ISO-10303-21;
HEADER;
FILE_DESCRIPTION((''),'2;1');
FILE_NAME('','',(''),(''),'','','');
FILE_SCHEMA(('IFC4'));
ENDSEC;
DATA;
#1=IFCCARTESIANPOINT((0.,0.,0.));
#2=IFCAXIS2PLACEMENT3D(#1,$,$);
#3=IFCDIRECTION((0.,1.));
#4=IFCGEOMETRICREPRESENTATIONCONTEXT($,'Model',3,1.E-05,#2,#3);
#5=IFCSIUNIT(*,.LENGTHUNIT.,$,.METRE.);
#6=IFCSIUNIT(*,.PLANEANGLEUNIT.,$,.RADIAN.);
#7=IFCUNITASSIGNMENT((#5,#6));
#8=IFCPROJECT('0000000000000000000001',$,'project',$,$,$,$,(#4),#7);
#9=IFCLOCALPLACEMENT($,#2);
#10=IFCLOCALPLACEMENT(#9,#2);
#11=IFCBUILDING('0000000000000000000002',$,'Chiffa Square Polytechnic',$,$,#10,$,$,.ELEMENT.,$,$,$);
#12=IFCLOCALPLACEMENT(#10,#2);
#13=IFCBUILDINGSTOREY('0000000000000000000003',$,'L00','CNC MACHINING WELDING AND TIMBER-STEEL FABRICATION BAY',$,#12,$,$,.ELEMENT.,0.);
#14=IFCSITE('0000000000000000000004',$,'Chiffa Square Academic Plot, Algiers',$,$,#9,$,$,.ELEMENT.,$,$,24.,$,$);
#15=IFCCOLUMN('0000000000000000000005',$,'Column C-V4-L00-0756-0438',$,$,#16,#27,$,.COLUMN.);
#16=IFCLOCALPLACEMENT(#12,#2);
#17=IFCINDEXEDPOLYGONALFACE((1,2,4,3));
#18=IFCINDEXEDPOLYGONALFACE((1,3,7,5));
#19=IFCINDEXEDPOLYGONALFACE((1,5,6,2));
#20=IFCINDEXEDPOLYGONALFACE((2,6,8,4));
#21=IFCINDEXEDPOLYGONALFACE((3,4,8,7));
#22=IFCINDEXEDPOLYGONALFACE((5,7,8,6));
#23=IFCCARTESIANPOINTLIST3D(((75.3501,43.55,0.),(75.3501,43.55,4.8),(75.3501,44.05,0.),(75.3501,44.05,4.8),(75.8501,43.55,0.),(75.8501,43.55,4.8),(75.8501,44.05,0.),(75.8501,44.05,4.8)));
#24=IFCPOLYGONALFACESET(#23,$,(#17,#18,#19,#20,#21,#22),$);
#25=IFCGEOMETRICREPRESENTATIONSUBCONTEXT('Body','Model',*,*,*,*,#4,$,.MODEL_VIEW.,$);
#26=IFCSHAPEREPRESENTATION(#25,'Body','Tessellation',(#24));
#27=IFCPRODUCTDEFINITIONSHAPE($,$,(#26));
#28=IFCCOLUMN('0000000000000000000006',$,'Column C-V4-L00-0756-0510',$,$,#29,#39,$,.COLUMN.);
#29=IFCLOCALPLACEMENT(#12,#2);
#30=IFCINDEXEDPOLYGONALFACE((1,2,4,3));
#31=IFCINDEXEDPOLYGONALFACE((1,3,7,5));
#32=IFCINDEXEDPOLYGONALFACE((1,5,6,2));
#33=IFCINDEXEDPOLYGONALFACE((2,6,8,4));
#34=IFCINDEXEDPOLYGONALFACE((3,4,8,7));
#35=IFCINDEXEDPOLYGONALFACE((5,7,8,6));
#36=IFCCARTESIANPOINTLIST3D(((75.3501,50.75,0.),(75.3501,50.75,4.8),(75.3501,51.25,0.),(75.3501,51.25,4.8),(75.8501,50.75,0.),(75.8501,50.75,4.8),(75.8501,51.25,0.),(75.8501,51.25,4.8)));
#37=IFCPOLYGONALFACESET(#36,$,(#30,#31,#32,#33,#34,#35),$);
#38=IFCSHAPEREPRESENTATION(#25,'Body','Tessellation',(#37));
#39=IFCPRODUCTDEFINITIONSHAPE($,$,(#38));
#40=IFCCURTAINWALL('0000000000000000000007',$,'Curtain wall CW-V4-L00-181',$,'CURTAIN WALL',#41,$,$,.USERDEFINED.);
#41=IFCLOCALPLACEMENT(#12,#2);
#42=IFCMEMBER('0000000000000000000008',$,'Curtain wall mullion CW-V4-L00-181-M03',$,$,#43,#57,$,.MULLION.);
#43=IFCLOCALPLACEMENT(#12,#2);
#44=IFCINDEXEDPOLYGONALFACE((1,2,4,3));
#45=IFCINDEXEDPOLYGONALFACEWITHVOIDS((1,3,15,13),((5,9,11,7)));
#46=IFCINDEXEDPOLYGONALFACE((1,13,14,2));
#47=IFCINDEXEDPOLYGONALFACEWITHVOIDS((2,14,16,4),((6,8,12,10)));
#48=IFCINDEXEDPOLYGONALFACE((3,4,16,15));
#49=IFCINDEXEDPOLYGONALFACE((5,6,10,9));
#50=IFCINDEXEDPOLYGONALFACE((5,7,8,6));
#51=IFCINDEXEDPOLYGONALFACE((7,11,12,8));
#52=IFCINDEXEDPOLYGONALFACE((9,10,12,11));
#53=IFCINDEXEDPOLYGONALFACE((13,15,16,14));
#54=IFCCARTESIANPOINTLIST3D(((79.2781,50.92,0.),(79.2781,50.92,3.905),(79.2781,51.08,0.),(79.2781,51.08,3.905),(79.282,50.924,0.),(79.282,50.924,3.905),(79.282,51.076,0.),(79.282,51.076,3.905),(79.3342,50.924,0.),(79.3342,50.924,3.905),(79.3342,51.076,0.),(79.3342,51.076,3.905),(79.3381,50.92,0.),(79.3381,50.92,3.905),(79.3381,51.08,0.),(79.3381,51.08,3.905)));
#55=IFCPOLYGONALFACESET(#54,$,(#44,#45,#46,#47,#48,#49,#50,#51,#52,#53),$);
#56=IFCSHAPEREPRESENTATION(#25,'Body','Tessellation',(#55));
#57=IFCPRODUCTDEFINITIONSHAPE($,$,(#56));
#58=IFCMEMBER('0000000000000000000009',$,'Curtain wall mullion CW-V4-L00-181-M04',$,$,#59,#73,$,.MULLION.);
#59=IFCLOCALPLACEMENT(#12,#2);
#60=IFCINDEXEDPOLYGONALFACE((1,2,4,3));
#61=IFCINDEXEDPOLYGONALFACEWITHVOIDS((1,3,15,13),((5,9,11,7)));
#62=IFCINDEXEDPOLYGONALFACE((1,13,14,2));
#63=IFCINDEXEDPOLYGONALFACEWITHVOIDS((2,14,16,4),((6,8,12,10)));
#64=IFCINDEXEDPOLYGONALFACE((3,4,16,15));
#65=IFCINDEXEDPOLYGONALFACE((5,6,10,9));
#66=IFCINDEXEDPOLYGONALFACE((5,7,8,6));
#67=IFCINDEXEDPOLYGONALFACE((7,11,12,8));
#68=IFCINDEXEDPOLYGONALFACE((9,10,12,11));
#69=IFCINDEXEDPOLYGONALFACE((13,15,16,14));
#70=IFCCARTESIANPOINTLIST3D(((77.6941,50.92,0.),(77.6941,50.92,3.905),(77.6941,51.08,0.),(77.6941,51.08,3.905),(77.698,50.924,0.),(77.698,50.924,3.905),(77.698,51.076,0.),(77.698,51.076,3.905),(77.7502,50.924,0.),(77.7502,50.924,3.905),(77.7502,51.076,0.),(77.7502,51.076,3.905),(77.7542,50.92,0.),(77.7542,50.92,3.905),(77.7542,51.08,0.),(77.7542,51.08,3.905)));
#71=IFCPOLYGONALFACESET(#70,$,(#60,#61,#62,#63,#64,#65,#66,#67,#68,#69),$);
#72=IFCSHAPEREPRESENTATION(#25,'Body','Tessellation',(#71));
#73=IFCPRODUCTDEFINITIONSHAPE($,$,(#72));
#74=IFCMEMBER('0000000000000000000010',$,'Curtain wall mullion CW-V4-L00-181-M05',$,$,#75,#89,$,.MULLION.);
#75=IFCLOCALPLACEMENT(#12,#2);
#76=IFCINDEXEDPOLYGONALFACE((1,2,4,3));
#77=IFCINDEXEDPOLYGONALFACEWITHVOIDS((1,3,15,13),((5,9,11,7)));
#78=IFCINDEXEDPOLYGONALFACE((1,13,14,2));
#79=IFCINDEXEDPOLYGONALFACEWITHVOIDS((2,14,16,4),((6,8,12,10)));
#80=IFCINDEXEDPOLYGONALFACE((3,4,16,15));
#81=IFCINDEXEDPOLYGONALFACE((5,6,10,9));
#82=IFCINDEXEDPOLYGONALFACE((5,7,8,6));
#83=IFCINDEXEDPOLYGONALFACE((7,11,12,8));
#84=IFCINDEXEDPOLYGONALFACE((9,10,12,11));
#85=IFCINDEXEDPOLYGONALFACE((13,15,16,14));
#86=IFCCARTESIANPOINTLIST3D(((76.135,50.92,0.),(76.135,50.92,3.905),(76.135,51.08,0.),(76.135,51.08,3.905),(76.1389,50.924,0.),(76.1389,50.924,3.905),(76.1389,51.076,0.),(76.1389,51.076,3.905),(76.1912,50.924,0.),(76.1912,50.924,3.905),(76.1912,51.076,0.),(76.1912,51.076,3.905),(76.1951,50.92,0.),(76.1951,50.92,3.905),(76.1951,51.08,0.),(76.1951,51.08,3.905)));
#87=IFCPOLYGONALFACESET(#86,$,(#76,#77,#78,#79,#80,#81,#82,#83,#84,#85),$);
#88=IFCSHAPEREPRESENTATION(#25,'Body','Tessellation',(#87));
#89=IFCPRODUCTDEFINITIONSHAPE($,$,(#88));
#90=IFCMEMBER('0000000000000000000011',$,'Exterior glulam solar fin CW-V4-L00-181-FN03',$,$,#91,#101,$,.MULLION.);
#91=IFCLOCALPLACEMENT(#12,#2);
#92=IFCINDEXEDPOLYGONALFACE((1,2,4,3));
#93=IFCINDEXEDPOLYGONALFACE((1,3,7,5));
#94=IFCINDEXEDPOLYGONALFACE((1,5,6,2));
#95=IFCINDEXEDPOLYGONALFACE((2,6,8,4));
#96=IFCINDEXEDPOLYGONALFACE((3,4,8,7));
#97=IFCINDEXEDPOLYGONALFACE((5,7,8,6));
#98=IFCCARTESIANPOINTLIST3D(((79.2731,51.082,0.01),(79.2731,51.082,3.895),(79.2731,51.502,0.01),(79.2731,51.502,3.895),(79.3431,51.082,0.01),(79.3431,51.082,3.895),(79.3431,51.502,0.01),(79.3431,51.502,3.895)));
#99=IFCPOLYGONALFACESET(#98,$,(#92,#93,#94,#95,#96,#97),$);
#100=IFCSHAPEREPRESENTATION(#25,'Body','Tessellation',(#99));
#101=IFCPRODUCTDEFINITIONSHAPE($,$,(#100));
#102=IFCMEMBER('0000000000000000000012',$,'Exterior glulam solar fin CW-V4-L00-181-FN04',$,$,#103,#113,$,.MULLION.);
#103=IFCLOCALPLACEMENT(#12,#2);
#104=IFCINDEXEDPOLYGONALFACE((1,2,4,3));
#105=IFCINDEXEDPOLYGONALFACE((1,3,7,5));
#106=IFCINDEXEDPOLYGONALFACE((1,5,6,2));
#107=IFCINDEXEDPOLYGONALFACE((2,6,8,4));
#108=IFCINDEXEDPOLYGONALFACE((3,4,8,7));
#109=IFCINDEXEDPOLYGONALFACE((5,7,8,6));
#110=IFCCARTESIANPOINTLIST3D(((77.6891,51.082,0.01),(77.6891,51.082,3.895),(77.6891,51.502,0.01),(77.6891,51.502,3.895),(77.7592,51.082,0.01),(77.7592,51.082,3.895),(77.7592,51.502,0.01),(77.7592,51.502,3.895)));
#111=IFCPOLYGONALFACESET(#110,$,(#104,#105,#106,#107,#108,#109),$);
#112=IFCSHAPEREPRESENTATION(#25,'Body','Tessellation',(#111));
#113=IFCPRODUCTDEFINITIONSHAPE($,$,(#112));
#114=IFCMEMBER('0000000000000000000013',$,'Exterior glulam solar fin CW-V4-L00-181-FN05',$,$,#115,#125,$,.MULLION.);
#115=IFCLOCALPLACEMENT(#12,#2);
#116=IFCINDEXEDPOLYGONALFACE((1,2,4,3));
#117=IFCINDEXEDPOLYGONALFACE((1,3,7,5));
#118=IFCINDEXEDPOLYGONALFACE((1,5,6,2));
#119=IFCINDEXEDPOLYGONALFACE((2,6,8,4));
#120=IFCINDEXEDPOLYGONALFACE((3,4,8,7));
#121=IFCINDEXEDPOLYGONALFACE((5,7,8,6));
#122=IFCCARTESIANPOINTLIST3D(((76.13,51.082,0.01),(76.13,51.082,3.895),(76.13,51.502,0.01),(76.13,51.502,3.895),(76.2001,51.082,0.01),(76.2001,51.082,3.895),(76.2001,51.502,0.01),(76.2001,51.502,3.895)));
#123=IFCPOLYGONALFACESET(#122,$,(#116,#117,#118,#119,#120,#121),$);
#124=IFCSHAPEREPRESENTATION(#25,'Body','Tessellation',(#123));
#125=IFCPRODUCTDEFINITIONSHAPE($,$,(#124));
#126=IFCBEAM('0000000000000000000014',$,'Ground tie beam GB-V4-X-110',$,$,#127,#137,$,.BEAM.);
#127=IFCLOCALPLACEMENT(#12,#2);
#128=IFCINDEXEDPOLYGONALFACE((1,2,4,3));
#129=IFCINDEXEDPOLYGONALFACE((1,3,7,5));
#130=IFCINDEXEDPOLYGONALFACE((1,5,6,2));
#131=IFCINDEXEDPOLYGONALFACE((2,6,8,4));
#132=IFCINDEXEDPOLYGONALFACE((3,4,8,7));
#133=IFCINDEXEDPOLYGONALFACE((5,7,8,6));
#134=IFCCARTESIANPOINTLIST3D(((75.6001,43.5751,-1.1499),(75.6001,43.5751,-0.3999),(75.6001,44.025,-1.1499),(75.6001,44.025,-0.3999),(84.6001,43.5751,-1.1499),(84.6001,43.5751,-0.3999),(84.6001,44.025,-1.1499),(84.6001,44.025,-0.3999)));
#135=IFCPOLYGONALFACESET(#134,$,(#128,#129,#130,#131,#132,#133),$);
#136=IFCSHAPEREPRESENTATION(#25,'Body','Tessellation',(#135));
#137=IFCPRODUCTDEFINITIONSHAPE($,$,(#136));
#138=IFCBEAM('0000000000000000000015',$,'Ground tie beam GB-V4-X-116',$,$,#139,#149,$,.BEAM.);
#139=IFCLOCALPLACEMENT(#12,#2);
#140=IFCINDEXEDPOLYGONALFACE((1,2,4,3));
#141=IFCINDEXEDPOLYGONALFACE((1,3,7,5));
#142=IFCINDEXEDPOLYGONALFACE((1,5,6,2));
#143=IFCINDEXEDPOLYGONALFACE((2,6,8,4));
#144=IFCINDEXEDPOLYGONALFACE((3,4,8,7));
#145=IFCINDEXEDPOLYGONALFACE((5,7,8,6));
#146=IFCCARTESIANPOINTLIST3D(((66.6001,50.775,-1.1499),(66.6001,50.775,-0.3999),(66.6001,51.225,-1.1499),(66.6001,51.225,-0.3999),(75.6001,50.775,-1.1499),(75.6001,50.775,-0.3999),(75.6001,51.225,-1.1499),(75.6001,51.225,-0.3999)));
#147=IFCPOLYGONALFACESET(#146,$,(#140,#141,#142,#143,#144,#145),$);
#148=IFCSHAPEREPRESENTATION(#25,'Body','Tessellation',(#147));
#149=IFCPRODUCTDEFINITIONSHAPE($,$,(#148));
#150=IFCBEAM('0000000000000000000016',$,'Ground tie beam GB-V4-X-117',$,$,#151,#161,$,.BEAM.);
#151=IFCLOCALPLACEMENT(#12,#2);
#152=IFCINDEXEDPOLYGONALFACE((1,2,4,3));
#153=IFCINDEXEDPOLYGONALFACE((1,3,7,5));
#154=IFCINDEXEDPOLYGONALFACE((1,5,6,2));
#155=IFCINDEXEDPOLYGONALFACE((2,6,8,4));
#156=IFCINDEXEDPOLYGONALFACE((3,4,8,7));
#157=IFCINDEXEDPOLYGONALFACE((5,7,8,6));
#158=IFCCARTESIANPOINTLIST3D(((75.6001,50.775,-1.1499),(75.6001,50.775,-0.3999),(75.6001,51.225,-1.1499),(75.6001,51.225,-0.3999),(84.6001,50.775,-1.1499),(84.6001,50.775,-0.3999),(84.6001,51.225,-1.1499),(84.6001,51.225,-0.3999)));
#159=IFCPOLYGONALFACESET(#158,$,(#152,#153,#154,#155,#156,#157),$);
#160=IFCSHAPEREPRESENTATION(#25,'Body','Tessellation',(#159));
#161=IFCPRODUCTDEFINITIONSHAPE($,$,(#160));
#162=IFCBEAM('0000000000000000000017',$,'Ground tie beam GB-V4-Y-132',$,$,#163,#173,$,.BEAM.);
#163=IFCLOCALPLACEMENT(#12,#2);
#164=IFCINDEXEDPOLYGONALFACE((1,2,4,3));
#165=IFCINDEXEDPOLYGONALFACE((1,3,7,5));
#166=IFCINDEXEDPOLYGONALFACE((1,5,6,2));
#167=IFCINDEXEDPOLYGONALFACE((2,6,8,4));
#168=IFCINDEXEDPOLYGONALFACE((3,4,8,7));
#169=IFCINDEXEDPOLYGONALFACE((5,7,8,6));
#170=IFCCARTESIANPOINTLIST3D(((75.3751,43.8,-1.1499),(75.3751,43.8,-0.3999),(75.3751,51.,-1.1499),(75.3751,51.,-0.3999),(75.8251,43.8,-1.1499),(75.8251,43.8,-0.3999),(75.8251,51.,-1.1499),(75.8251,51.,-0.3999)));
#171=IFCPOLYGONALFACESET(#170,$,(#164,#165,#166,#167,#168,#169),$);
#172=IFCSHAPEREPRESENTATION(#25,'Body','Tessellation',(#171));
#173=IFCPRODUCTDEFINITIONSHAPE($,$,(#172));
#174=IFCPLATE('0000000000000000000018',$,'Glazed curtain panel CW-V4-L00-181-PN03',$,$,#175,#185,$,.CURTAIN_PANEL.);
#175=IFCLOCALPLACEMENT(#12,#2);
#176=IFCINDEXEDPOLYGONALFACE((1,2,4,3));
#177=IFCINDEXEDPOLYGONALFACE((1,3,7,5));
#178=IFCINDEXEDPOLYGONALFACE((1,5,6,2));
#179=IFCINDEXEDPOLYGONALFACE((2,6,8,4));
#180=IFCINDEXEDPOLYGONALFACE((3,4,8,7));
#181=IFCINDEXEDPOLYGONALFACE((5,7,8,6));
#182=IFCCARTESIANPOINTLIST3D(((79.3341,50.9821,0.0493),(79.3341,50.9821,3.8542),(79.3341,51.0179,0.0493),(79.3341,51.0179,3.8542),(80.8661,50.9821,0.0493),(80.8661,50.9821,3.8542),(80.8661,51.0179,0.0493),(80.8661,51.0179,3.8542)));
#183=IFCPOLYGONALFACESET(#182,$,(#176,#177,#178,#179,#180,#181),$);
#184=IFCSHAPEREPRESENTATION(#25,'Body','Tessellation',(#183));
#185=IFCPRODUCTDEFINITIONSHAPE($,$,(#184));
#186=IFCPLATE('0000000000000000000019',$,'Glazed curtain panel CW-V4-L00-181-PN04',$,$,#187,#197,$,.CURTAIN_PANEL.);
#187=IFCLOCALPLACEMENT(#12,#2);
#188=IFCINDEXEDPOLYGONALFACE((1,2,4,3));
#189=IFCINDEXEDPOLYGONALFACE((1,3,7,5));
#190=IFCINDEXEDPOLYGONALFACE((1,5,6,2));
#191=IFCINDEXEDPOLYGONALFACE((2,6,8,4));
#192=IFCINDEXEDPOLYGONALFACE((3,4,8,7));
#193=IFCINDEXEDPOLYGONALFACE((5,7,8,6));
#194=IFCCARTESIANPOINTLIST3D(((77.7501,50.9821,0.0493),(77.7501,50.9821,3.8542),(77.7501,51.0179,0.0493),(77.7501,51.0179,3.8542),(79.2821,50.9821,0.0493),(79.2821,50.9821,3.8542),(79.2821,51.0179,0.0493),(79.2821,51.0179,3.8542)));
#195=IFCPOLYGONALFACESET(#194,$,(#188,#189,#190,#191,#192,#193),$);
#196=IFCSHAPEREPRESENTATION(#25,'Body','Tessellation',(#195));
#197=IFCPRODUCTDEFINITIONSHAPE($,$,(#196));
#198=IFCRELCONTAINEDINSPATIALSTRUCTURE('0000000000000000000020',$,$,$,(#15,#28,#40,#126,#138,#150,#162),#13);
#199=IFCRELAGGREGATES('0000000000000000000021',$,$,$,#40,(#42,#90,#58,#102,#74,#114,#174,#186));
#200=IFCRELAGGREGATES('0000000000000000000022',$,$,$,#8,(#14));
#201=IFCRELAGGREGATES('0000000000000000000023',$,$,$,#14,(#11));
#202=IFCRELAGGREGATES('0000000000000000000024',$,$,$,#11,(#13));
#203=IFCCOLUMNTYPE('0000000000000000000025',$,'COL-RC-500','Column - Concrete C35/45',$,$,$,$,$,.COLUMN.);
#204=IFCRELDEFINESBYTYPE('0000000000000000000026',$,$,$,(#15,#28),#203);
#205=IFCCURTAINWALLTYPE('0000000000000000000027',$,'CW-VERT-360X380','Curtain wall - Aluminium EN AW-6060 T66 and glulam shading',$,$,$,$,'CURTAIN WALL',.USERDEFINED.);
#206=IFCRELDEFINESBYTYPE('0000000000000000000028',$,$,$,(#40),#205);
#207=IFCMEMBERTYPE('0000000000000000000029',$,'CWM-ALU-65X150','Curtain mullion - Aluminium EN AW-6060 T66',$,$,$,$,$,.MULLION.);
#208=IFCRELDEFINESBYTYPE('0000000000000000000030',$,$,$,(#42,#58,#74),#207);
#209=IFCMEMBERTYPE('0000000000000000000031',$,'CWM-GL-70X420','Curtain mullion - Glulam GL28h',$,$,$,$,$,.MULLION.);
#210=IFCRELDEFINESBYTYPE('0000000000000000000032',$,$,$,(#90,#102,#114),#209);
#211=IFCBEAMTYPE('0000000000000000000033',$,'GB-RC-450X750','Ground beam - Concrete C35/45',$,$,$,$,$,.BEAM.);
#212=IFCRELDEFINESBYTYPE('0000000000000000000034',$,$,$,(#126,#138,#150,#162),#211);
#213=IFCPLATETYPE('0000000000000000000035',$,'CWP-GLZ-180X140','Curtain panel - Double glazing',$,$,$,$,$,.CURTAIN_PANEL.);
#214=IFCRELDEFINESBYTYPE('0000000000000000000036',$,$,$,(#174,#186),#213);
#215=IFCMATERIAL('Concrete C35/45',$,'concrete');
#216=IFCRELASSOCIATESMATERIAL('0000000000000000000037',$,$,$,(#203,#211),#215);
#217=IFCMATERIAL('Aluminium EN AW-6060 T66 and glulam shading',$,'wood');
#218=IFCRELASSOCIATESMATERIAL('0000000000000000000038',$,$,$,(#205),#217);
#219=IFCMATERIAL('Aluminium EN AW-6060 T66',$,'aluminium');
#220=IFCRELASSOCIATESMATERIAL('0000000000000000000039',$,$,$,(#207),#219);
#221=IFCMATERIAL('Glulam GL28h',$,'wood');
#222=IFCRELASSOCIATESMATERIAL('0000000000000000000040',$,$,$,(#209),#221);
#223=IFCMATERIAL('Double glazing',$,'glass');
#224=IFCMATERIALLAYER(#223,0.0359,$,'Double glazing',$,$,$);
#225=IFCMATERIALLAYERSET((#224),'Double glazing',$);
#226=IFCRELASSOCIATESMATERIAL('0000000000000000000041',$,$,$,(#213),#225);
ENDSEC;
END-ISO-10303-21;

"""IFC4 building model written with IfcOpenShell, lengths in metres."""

from ifc_helpers import new_model, si_unit, direction, frame, origin, origin_2d, place, context, subcontext, project, spatial, rectangle, hollow_rectangle, extrude, material, layer, layer_set, material_profile, profile_set, type_object, element, aggregate, save


model = new_model("IFC4")

# Units and contexts
model_context = context("Model", 3, precision=1e-05, world=origin(), true_north=direction((0.0, 1.0)))
body_context = subcontext(model_context, "Body", "Model", "MODEL_VIEW")
ifc_project = project(units=[si_unit("LENGTHUNIT", "METRE"), si_unit("PLANEANGLEUNIT", "RADIAN")], contexts=[model_context])

# Site, building, storey
site_placement = place(None, origin())
site = spatial("IfcSite", under=ifc_project, at=site_placement, Name="Chiffa Square Academic Plot, Algiers", CompositionType="ELEMENT", RefElevation=24.0)
building_placement = place(site_placement, origin())
building = spatial("IfcBuilding", under=site, at=building_placement, Name="Chiffa Square Polytechnic", CompositionType="ELEMENT")
storey_placement = place(building_placement, origin())
storey = spatial("IfcBuildingStorey", under=building, at=storey_placement, Name="L00", Description="CNC MACHINING WELDING AND TIMBER-STEEL FABRICATION BAY", CompositionType="ELEMENT", Elevation=0.0)

# Columns
ifc_material_1 = material(Name="Concrete C35/45", Category="concrete")
ifc_material_profile_1 = material_profile(ifc_material_1, rectangle(XDim=0.5, YDim=0.5, at=origin_2d()), Name="RC 500x500")
ifc_profile_set_1 = profile_set([ifc_material_profile_1], Name="Concrete C35/45")
column_type = type_object("IfcColumnType", Name="COL-RC-500", Description="Column - Concrete C35/45", PredefinedType="COLUMN", material=ifc_profile_set_1)
for number, where, z_axis, x_axis, name in (
    (1, (75.6001, 43.8, 0.0), (0.0, 0.0, 1.0), (1.0, 0.0, 0.0), "Column C-V4-L00-0756-0438"),
    (2, (75.6001, 51.0, 0.0), (0.0, 0.0, 1.0), (1.0, 0.0, 0.0), "Column C-V4-L00-0756-0510"),
):
    element("IfcColumn", number, at=place(storey_placement, frame(where, z_axis=z_axis, x_axis=x_axis)), inside=storey, type_object=column_type, Name=name, PredefinedType="COLUMN", context=body_context, shape_type="SweptSolid", body=[
        extrude(rectangle(XDim=0.5, YDim=0.5, at=origin_2d()), origin(), (0.0, 0.0, 1.0), 4.8),
    ])

# Curtain wall, members
ifc_material_2 = material(Name="Aluminium EN AW-6060 T66 and glulam shading", Category="wood")
curtain_wall_type = type_object("IfcCurtainWallType", Name="CW-VERT-360X380", Description="Curtain wall - Aluminium EN AW-6060 T66 and glulam shading", ElementType="CURTAIN WALL", PredefinedType="USERDEFINED", material=ifc_material_2)
curtain_wall_placement = place(storey_placement, origin())
curtain_wall = element("IfcCurtainWall", 3, at=curtain_wall_placement, inside=storey, type_object=curtain_wall_type, Name="Curtain wall CW-V4-L00-181", ObjectType="CURTAIN WALL", PredefinedType="USERDEFINED")
ifc_material_3 = material(Name="Aluminium EN AW-6060 T66", Category="aluminium")
ifc_material_profile_2 = material_profile(ifc_material_3, hollow_rectangle(XDim=0.0601, YDim=0.1599, WallThickness=0.0039, at=origin_2d()), Name="ALU 60x160x4")
ifc_profile_set_2 = profile_set([ifc_material_profile_2], Name="Aluminium EN AW-6060 T66")
member_type_1 = type_object("IfcMemberType", Name="CWM-ALU-65X150", Description="Curtain mullion - Aluminium EN AW-6060 T66", PredefinedType="MULLION", material=ifc_profile_set_2)
member_1_placement = place(storey_placement, frame((79.3081, 51.0, 0.0), z_axis=(0.0, 0.0, 1.0), x_axis=(1.0, 0.0, 0.0)))
member_1 = element("IfcMember", 4, at=member_1_placement, type_object=member_type_1, Name="Curtain wall mullion CW-V4-L00-181-M03", PredefinedType="MULLION", context=body_context, shape_type="SweptSolid", body=[
    extrude(hollow_rectangle(XDim=0.0601, YDim=0.1599, WallThickness=0.0039, at=origin_2d()), origin(), (0.0, 0.0, 1.0), 3.905),
])
member_2_placement = place(storey_placement, frame((77.7241, 51.0, 0.0), z_axis=(0.0, 0.0, 1.0), x_axis=(1.0, 0.0, 0.0)))
member_2 = element("IfcMember", 5, at=member_2_placement, type_object=member_type_1, Name="Curtain wall mullion CW-V4-L00-181-M04", PredefinedType="MULLION", context=body_context, shape_type="SweptSolid", body=[
    extrude(hollow_rectangle(XDim=0.0601, YDim=0.1599, WallThickness=0.0039, at=origin_2d()), origin(), (0.0, 0.0, 1.0), 3.905),
])
member_3_placement = place(storey_placement, frame((76.165, 51.0, 0.0), z_axis=(0.0, 0.0, 1.0), x_axis=(1.0, 0.0, 0.0)))
member_3 = element("IfcMember", 6, at=member_3_placement, type_object=member_type_1, Name="Curtain wall mullion CW-V4-L00-181-M05", PredefinedType="MULLION", context=body_context, shape_type="SweptSolid", body=[
    extrude(hollow_rectangle(XDim=0.0601, YDim=0.1599, WallThickness=0.0039, at=origin_2d()), origin(), (0.0, 0.0, 1.0), 3.905),
])
ifc_material_4 = material(Name="Glulam GL28h", Category="wood")
ifc_material_profile_3 = material_profile(ifc_material_4, rectangle(XDim=0.0701, YDim=0.4199, at=origin_2d()), Name="GL28h 70x420")
ifc_profile_set_3 = profile_set([ifc_material_profile_3], Name="Glulam GL28h")
member_type_2 = type_object("IfcMemberType", Name="CWM-GL-70X420", Description="Curtain mullion - Glulam GL28h", PredefinedType="MULLION", material=ifc_profile_set_3)
member_4_placement = place(storey_placement, frame((79.3081, 51.292, 0.01), z_axis=(0.0, 0.0, 1.0), x_axis=(-1.0, 0.0, 0.0)))
member_4 = element("IfcMember", 7, at=member_4_placement, type_object=member_type_2, Name="Exterior glulam solar fin CW-V4-L00-181-FN03", PredefinedType="MULLION", context=body_context, shape_type="SweptSolid", body=[
    extrude(rectangle(XDim=0.0701, YDim=0.4199, at=origin_2d()), origin(), (0.0, 0.0, 1.0), 3.885),
])
member_5_placement = place(storey_placement, frame((77.7241, 51.292, 0.01), z_axis=(0.0, 0.0, 1.0), x_axis=(-1.0, 0.0, 0.0)))
member_5 = element("IfcMember", 8, at=member_5_placement, type_object=member_type_2, Name="Exterior glulam solar fin CW-V4-L00-181-FN04", PredefinedType="MULLION", context=body_context, shape_type="SweptSolid", body=[
    extrude(rectangle(XDim=0.0701, YDim=0.4199, at=origin_2d()), origin(), (0.0, 0.0, 1.0), 3.885),
])
member_6_placement = place(storey_placement, frame((76.165, 51.292, 0.01), z_axis=(0.0, 0.0, 1.0), x_axis=(-1.0, 0.0, 0.0)))
member_6 = element("IfcMember", 9, at=member_6_placement, type_object=member_type_2, Name="Exterior glulam solar fin CW-V4-L00-181-FN05", PredefinedType="MULLION", context=body_context, shape_type="SweptSolid", body=[
    extrude(rectangle(XDim=0.0701, YDim=0.4199, at=origin_2d()), origin(), (0.0, 0.0, 1.0), 3.885),
])

# Beams
ifc_material_profile_4 = material_profile(ifc_material_1, rectangle(XDim=0.45, YDim=0.75, at=origin_2d()), Name="RC 450x750")
ifc_profile_set_4 = profile_set([ifc_material_profile_4], Name="Concrete C35/45")
beam_type = type_object("IfcBeamType", Name="GB-RC-450X750", Description="Ground beam - Concrete C35/45", PredefinedType="BEAM", material=ifc_profile_set_4)
for number, where, z_axis, x_axis, name in (
    (10, (75.6001, 43.8, -0.7749), (1.0, 0.0, 0.0), (0.0, 1.0, 0.0), "Ground tie beam GB-V4-X-110"),
    (11, (66.6001, 51.0, -0.7749), (1.0, 0.0, 0.0), (0.0, 1.0, 0.0), "Ground tie beam GB-V4-X-116"),
    (12, (75.6001, 51.0, -0.7749), (1.0, 0.0, 0.0), (0.0, 1.0, 0.0), "Ground tie beam GB-V4-X-117"),
):
    element("IfcBeam", number, at=place(storey_placement, frame(where, z_axis=z_axis, x_axis=x_axis)), inside=storey, type_object=beam_type, Name=name, PredefinedType="BEAM", context=body_context, shape_type="SweptSolid", body=[
        extrude(rectangle(XDim=0.45, YDim=0.75, at=origin_2d()), origin(), (0.0, 0.0, 1.0), 9.0),
    ])
beam_placement = place(storey_placement, frame((75.6001, 43.8, -0.7749), z_axis=(0.0, 1.0, 0.0), x_axis=(-1.0, 0.0, 0.0)))
element("IfcBeam", 13, at=beam_placement, inside=storey, type_object=beam_type, Name="Ground tie beam GB-V4-Y-132", PredefinedType="BEAM", context=body_context, shape_type="SweptSolid", body=[
    extrude(rectangle(XDim=0.45, YDim=0.75, at=origin_2d()), origin(), (0.0, 0.0, 1.0), 7.2),
])

# Plates
ifc_material_5 = material(Name="Double glazing", Category="glass")
ifc_layer_1 = layer(ifc_material_5, 0.0359, Name="Double glazing")
ifc_layer_set_1 = layer_set([ifc_layer_1], Name="Double glazing")
plate_type = type_object("IfcPlateType", Name="CWP-GLZ-180X140", Description="Curtain panel - Double glazing", PredefinedType="CURTAIN_PANEL", material=ifc_layer_set_1)
plate_1_placement = place(storey_placement, frame((80.1001, 51.0, 0.0493), z_axis=(0.0, 0.0, 1.0), x_axis=(-1.0, 0.0, 0.0)))
plate_1 = element("IfcPlate", 14, at=plate_1_placement, type_object=plate_type, Name="Glazed curtain panel CW-V4-L00-181-PN03", PredefinedType="CURTAIN_PANEL", context=body_context, shape_type="SweptSolid", body=[
    extrude(rectangle(XDim=1.532, YDim=0.0359, at=origin_2d()), origin(), (0.0, 0.0, 1.0), 3.8049),
])
plate_2_placement = place(storey_placement, frame((78.5161, 51.0, 0.0493), z_axis=(0.0, 0.0, 1.0), x_axis=(-1.0, 0.0, 0.0)))
plate_2 = element("IfcPlate", 15, at=plate_2_placement, type_object=plate_type, Name="Glazed curtain panel CW-V4-L00-181-PN04", PredefinedType="CURTAIN_PANEL", context=body_context, shape_type="SweptSolid", body=[
    extrude(rectangle(XDim=1.532, YDim=0.0359, at=origin_2d()), origin(), (0.0, 0.0, 1.0), 3.8049),
])
aggregate(curtain_wall, [member_1, member_4, member_2, member_5, member_3, member_6, plate_1, plate_2])

save(model, "model.ifc")
